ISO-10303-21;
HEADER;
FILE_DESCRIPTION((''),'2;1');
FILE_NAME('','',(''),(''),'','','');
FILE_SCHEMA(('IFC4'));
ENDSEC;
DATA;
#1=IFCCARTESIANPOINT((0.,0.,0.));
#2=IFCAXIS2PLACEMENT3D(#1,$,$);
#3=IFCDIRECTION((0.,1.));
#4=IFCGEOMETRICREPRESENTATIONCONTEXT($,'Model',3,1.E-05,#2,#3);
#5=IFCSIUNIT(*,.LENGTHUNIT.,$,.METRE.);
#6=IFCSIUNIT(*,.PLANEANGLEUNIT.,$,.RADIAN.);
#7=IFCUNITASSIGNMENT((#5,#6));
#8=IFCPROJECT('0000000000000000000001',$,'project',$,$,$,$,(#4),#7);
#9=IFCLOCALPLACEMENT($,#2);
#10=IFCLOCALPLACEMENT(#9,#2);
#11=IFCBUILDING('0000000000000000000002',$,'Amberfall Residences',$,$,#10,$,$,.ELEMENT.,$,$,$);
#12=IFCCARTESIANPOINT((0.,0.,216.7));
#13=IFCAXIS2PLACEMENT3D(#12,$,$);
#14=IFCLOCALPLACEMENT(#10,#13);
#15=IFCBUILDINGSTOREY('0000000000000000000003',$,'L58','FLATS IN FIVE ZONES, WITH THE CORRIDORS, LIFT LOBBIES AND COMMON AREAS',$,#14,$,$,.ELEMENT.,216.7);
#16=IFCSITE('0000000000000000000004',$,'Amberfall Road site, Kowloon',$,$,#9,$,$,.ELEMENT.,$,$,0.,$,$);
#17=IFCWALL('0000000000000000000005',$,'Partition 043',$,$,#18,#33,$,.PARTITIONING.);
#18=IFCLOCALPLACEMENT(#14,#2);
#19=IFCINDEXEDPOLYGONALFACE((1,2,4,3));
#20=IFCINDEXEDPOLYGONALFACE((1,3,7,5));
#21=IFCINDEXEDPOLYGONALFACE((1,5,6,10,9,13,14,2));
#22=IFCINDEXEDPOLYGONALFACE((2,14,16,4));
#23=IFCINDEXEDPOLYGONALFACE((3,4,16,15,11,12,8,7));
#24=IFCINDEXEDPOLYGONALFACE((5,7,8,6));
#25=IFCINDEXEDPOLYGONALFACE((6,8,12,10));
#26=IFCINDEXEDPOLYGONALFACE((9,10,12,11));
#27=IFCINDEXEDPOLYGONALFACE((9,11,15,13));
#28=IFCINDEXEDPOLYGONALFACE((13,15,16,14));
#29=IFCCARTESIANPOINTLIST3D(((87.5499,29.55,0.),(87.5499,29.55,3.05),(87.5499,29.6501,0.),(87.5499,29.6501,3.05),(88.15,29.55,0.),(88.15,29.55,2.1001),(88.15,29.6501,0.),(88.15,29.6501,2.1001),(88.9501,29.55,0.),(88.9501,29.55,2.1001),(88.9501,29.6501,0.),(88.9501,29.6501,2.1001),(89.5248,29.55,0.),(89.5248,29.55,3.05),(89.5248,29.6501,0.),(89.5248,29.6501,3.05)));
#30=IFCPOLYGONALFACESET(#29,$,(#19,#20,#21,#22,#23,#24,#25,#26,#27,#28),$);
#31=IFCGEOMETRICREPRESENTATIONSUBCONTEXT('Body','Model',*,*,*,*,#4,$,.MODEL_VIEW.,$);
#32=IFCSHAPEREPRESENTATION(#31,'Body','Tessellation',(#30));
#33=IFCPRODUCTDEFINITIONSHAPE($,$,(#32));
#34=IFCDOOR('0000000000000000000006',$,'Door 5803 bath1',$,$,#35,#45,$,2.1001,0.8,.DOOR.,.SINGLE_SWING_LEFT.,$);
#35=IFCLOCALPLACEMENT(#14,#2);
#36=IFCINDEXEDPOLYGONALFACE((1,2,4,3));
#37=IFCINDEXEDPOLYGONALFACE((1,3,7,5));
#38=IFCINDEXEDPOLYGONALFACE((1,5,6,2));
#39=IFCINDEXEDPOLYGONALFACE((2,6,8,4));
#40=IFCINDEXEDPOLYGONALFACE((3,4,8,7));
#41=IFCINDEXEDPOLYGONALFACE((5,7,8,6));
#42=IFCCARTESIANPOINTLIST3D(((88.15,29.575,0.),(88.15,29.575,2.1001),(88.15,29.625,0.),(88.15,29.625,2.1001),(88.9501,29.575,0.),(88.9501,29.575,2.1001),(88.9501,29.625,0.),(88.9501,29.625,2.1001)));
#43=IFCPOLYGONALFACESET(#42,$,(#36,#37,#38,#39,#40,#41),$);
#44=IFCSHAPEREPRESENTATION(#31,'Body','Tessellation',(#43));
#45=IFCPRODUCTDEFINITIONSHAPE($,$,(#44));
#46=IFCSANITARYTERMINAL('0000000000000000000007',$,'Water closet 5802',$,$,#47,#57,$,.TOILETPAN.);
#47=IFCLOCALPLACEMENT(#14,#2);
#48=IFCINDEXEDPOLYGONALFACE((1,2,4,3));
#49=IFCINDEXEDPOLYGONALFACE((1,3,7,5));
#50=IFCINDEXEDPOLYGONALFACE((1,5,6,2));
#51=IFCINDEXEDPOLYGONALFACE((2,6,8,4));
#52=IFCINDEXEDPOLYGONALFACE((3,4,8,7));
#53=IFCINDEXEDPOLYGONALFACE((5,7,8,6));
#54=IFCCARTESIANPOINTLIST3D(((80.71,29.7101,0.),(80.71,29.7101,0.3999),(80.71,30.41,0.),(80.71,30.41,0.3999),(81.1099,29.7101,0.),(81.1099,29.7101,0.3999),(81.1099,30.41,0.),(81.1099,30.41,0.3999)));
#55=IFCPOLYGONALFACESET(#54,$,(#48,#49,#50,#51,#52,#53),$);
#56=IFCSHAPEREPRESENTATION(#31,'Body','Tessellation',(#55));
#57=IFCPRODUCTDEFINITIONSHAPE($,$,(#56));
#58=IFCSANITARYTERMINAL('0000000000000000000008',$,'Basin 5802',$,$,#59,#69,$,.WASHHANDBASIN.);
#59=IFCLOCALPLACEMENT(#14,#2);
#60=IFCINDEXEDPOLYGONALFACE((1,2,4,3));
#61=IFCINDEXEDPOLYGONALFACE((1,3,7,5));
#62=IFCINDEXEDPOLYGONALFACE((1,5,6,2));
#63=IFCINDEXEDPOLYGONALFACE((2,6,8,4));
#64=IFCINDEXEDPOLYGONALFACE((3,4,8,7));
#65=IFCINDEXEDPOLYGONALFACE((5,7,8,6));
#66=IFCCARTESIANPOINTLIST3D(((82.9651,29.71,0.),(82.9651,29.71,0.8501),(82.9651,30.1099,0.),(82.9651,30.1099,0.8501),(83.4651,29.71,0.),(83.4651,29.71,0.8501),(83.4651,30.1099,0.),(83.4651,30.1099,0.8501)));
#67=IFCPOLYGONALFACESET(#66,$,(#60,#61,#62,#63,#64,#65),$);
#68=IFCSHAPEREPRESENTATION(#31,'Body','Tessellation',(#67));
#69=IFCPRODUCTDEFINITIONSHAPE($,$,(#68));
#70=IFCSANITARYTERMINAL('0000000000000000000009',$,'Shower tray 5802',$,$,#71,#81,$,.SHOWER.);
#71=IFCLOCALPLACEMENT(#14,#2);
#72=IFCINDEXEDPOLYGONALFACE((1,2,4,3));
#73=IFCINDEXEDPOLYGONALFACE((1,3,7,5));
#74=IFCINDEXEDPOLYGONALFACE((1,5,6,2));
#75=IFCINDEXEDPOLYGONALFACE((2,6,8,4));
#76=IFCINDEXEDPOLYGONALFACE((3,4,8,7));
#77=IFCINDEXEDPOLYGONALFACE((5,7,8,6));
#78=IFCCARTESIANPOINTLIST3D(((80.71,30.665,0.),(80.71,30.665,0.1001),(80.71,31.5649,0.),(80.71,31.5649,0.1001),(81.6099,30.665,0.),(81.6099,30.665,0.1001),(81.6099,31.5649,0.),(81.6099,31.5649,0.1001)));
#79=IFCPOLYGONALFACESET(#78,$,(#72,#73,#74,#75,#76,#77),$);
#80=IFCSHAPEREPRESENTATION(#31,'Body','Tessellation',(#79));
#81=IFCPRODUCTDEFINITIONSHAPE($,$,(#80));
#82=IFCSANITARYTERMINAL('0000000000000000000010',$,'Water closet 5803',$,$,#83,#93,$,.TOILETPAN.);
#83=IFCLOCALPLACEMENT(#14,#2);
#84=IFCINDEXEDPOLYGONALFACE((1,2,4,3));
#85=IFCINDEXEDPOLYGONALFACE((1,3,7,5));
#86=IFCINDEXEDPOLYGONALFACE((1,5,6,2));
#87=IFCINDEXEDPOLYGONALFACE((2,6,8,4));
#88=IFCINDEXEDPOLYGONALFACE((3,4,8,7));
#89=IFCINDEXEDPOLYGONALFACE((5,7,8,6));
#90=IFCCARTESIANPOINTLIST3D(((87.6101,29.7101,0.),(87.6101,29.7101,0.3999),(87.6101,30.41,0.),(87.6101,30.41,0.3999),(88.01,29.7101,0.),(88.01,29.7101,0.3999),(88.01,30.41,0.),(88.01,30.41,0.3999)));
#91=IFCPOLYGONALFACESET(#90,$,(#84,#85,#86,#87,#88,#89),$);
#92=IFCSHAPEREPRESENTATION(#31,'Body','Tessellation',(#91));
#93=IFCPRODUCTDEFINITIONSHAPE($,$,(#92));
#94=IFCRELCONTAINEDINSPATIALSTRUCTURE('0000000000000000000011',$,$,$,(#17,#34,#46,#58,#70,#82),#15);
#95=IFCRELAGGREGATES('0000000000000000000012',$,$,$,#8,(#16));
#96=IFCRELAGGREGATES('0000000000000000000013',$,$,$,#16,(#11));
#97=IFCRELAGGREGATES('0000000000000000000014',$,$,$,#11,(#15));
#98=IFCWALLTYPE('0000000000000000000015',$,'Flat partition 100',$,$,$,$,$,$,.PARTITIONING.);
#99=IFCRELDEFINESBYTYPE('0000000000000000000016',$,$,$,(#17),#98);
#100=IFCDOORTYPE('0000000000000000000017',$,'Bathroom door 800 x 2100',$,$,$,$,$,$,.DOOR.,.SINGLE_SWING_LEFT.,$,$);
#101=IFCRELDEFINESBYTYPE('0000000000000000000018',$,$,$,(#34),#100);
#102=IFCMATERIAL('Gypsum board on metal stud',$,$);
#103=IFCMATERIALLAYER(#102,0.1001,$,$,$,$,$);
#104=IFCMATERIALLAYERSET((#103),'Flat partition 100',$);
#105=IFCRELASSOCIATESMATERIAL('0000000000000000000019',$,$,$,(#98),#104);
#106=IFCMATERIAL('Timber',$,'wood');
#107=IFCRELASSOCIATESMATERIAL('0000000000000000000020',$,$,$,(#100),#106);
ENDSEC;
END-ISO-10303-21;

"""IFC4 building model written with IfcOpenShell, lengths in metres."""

from ifc_helpers import new_model, si_unit, direction, frame, frame_2d, origin, origin_2d, place, context, subcontext, project, spatial, rectangle, extrude, material, layer, layer_set, type_object, element, fill, save


model = new_model("IFC4")

# Units and contexts
model_context = context("Model", 3, precision=1e-05, world=origin(), true_north=direction((0.0, 1.0)))
body_context = subcontext(model_context, "Body", "Model", "MODEL_VIEW")
ifc_project = project(units=[si_unit("LENGTHUNIT", "METRE"), si_unit("PLANEANGLEUNIT", "RADIAN")], contexts=[model_context])

# Site, building, storey
site_placement = place(None, origin())
site = spatial("IfcSite", under=ifc_project, at=site_placement, Name="Amberfall Road site, Kowloon", CompositionType="ELEMENT", RefElevation=0.0)
building_placement = place(site_placement, origin())
building = spatial("IfcBuilding", under=site, at=building_placement, Name="Amberfall Residences", CompositionType="ELEMENT")
storey_placement = place(building_placement, frame((0.0, 0.0, 216.7)))
storey = spatial("IfcBuildingStorey", under=building, at=storey_placement, Name="L58", Description="FLATS IN FIVE ZONES, WITH THE CORRIDORS, LIFT LOBBIES AND COMMON AREAS", CompositionType="ELEMENT", Elevation=216.7)

# Shared definitions
ifc_material_1 = material(Name="Gypsum board on metal stud")
ifc_layer_1 = layer(ifc_material_1, 0.1001)
ifc_layer_set_1 = layer_set([ifc_layer_1], Name="Flat partition 100")
wall_type_1 = type_object("IfcWallType", Name="Flat partition 100", PredefinedType="PARTITIONING", material=ifc_layer_set_1)

# Shared definitions
ifc_material_2 = material(Name="Timber", Category="wood")
door_type_1 = type_object("IfcDoorType", Name="Bathroom door 800 x 2100", OperationType="SINGLE_SWING_LEFT", PredefinedType="DOOR", material=ifc_material_2)

# Wall, opening, door
wall_1_placement = place(storey_placement, frame((87.55, 29.6001, 0.0), z_axis=(0.0, 0.0, 1.0), x_axis=(1.0, 0.0, 0.0)))
wall_1 = element("IfcWall", 1, at=wall_1_placement, inside=storey, type_object=wall_type_1, Name="Partition 043", PredefinedType="PARTITIONING", context=body_context, shape_type="SweptSolid", body=[
    extrude(rectangle(XDim=1.9749, YDim=0.1001, at=frame_2d((0.9873, 0.0))), origin(), (0.0, 0.0, 1.0), 3.05),
])
opening_1_placement = place(wall_1_placement, frame((0.6001, 0.0, 0.0)))
opening_1 = element("IfcOpeningElement", 2, at=opening_1_placement, cuts=wall_1, PredefinedType="OPENING", context=body_context, shape_type="SweptSolid", body=[
    extrude(rectangle(XDim=0.8, YDim=2.1001, at=frame_2d((0.3999, 1.05))), frame((0.0, 0.0601, 0.0), z_axis=(0.0, -1.0, 0.0), x_axis=(1.0, 0.0, 0.0)), (0.0, 0.0, 1.0), 0.1201),
])
door_1_placement = place(opening_1_placement, origin())
door_1 = element("IfcDoor", 3, at=door_1_placement, inside=storey, type_object=door_type_1, Name="Door 5803 bath1", OperationType="SINGLE_SWING_LEFT", OverallHeight=2.1001, OverallWidth=0.8, PredefinedType="DOOR", context=body_context, shape_type="SweptSolid", body=[
    extrude(rectangle(XDim=0.8, YDim=2.1001, at=frame_2d((0.3999, 1.05))), frame((0.0, 0.0249, 0.0), z_axis=(0.0, -1.0, 0.0), x_axis=(1.0, 0.0, 0.0)), (0.0, 0.0, 1.0), 0.05),
])
fill(opening_1, door_1)

# Sanitary terminals
sanitary_terminal_1_placement = place(storey_placement, frame((80.9099, 30.0601, 0.0), z_axis=(0.0, 0.0, 1.0), x_axis=(1.0, 0.0, 0.0)))
element("IfcSanitaryTerminal", 4, at=sanitary_terminal_1_placement, inside=storey, Name="Water closet 5802", PredefinedType="TOILETPAN", context=body_context, shape_type="SweptSolid", body=[
    extrude(rectangle(XDim=0.3999, YDim=0.7, at=origin_2d()), origin(), (0.0, 0.0, 1.0), 0.3999),
])
sanitary_terminal_2_placement = place(storey_placement, frame((83.2151, 29.9099, 0.0), z_axis=(0.0, 0.0, 1.0), x_axis=(1.0, 0.0, 0.0)))
element("IfcSanitaryTerminal", 5, at=sanitary_terminal_2_placement, inside=storey, Name="Basin 5802", PredefinedType="WASHHANDBASIN", context=body_context, shape_type="SweptSolid", body=[
    extrude(rectangle(XDim=0.5, YDim=0.3999, at=origin_2d()), origin(), (0.0, 0.0, 1.0), 0.8501),
])
sanitary_terminal_3_placement = place(storey_placement, frame((81.1599, 31.115, 0.0), z_axis=(0.0, 0.0, 1.0), x_axis=(1.0, 0.0, 0.0)))
element("IfcSanitaryTerminal", 6, at=sanitary_terminal_3_placement, inside=storey, Name="Shower tray 5802", PredefinedType="SHOWER", context=body_context, shape_type="SweptSolid", body=[
    extrude(rectangle(XDim=0.8999, YDim=0.8999, at=origin_2d()), origin(), (0.0, 0.0, 1.0), 0.1001),
])
sanitary_terminal_4_placement = place(storey_placement, frame((87.8101, 30.0601, 0.0), z_axis=(0.0, 0.0, 1.0), x_axis=(1.0, 0.0, 0.0)))
element("IfcSanitaryTerminal", 7, at=sanitary_terminal_4_placement, inside=storey, Name="Water closet 5803", PredefinedType="TOILETPAN", context=body_context, shape_type="SweptSolid", body=[
    extrude(rectangle(XDim=0.3999, YDim=0.7, at=origin_2d()), origin(), (0.0, 0.0, 1.0), 0.3999),
])

save(model, "model.ifc")
